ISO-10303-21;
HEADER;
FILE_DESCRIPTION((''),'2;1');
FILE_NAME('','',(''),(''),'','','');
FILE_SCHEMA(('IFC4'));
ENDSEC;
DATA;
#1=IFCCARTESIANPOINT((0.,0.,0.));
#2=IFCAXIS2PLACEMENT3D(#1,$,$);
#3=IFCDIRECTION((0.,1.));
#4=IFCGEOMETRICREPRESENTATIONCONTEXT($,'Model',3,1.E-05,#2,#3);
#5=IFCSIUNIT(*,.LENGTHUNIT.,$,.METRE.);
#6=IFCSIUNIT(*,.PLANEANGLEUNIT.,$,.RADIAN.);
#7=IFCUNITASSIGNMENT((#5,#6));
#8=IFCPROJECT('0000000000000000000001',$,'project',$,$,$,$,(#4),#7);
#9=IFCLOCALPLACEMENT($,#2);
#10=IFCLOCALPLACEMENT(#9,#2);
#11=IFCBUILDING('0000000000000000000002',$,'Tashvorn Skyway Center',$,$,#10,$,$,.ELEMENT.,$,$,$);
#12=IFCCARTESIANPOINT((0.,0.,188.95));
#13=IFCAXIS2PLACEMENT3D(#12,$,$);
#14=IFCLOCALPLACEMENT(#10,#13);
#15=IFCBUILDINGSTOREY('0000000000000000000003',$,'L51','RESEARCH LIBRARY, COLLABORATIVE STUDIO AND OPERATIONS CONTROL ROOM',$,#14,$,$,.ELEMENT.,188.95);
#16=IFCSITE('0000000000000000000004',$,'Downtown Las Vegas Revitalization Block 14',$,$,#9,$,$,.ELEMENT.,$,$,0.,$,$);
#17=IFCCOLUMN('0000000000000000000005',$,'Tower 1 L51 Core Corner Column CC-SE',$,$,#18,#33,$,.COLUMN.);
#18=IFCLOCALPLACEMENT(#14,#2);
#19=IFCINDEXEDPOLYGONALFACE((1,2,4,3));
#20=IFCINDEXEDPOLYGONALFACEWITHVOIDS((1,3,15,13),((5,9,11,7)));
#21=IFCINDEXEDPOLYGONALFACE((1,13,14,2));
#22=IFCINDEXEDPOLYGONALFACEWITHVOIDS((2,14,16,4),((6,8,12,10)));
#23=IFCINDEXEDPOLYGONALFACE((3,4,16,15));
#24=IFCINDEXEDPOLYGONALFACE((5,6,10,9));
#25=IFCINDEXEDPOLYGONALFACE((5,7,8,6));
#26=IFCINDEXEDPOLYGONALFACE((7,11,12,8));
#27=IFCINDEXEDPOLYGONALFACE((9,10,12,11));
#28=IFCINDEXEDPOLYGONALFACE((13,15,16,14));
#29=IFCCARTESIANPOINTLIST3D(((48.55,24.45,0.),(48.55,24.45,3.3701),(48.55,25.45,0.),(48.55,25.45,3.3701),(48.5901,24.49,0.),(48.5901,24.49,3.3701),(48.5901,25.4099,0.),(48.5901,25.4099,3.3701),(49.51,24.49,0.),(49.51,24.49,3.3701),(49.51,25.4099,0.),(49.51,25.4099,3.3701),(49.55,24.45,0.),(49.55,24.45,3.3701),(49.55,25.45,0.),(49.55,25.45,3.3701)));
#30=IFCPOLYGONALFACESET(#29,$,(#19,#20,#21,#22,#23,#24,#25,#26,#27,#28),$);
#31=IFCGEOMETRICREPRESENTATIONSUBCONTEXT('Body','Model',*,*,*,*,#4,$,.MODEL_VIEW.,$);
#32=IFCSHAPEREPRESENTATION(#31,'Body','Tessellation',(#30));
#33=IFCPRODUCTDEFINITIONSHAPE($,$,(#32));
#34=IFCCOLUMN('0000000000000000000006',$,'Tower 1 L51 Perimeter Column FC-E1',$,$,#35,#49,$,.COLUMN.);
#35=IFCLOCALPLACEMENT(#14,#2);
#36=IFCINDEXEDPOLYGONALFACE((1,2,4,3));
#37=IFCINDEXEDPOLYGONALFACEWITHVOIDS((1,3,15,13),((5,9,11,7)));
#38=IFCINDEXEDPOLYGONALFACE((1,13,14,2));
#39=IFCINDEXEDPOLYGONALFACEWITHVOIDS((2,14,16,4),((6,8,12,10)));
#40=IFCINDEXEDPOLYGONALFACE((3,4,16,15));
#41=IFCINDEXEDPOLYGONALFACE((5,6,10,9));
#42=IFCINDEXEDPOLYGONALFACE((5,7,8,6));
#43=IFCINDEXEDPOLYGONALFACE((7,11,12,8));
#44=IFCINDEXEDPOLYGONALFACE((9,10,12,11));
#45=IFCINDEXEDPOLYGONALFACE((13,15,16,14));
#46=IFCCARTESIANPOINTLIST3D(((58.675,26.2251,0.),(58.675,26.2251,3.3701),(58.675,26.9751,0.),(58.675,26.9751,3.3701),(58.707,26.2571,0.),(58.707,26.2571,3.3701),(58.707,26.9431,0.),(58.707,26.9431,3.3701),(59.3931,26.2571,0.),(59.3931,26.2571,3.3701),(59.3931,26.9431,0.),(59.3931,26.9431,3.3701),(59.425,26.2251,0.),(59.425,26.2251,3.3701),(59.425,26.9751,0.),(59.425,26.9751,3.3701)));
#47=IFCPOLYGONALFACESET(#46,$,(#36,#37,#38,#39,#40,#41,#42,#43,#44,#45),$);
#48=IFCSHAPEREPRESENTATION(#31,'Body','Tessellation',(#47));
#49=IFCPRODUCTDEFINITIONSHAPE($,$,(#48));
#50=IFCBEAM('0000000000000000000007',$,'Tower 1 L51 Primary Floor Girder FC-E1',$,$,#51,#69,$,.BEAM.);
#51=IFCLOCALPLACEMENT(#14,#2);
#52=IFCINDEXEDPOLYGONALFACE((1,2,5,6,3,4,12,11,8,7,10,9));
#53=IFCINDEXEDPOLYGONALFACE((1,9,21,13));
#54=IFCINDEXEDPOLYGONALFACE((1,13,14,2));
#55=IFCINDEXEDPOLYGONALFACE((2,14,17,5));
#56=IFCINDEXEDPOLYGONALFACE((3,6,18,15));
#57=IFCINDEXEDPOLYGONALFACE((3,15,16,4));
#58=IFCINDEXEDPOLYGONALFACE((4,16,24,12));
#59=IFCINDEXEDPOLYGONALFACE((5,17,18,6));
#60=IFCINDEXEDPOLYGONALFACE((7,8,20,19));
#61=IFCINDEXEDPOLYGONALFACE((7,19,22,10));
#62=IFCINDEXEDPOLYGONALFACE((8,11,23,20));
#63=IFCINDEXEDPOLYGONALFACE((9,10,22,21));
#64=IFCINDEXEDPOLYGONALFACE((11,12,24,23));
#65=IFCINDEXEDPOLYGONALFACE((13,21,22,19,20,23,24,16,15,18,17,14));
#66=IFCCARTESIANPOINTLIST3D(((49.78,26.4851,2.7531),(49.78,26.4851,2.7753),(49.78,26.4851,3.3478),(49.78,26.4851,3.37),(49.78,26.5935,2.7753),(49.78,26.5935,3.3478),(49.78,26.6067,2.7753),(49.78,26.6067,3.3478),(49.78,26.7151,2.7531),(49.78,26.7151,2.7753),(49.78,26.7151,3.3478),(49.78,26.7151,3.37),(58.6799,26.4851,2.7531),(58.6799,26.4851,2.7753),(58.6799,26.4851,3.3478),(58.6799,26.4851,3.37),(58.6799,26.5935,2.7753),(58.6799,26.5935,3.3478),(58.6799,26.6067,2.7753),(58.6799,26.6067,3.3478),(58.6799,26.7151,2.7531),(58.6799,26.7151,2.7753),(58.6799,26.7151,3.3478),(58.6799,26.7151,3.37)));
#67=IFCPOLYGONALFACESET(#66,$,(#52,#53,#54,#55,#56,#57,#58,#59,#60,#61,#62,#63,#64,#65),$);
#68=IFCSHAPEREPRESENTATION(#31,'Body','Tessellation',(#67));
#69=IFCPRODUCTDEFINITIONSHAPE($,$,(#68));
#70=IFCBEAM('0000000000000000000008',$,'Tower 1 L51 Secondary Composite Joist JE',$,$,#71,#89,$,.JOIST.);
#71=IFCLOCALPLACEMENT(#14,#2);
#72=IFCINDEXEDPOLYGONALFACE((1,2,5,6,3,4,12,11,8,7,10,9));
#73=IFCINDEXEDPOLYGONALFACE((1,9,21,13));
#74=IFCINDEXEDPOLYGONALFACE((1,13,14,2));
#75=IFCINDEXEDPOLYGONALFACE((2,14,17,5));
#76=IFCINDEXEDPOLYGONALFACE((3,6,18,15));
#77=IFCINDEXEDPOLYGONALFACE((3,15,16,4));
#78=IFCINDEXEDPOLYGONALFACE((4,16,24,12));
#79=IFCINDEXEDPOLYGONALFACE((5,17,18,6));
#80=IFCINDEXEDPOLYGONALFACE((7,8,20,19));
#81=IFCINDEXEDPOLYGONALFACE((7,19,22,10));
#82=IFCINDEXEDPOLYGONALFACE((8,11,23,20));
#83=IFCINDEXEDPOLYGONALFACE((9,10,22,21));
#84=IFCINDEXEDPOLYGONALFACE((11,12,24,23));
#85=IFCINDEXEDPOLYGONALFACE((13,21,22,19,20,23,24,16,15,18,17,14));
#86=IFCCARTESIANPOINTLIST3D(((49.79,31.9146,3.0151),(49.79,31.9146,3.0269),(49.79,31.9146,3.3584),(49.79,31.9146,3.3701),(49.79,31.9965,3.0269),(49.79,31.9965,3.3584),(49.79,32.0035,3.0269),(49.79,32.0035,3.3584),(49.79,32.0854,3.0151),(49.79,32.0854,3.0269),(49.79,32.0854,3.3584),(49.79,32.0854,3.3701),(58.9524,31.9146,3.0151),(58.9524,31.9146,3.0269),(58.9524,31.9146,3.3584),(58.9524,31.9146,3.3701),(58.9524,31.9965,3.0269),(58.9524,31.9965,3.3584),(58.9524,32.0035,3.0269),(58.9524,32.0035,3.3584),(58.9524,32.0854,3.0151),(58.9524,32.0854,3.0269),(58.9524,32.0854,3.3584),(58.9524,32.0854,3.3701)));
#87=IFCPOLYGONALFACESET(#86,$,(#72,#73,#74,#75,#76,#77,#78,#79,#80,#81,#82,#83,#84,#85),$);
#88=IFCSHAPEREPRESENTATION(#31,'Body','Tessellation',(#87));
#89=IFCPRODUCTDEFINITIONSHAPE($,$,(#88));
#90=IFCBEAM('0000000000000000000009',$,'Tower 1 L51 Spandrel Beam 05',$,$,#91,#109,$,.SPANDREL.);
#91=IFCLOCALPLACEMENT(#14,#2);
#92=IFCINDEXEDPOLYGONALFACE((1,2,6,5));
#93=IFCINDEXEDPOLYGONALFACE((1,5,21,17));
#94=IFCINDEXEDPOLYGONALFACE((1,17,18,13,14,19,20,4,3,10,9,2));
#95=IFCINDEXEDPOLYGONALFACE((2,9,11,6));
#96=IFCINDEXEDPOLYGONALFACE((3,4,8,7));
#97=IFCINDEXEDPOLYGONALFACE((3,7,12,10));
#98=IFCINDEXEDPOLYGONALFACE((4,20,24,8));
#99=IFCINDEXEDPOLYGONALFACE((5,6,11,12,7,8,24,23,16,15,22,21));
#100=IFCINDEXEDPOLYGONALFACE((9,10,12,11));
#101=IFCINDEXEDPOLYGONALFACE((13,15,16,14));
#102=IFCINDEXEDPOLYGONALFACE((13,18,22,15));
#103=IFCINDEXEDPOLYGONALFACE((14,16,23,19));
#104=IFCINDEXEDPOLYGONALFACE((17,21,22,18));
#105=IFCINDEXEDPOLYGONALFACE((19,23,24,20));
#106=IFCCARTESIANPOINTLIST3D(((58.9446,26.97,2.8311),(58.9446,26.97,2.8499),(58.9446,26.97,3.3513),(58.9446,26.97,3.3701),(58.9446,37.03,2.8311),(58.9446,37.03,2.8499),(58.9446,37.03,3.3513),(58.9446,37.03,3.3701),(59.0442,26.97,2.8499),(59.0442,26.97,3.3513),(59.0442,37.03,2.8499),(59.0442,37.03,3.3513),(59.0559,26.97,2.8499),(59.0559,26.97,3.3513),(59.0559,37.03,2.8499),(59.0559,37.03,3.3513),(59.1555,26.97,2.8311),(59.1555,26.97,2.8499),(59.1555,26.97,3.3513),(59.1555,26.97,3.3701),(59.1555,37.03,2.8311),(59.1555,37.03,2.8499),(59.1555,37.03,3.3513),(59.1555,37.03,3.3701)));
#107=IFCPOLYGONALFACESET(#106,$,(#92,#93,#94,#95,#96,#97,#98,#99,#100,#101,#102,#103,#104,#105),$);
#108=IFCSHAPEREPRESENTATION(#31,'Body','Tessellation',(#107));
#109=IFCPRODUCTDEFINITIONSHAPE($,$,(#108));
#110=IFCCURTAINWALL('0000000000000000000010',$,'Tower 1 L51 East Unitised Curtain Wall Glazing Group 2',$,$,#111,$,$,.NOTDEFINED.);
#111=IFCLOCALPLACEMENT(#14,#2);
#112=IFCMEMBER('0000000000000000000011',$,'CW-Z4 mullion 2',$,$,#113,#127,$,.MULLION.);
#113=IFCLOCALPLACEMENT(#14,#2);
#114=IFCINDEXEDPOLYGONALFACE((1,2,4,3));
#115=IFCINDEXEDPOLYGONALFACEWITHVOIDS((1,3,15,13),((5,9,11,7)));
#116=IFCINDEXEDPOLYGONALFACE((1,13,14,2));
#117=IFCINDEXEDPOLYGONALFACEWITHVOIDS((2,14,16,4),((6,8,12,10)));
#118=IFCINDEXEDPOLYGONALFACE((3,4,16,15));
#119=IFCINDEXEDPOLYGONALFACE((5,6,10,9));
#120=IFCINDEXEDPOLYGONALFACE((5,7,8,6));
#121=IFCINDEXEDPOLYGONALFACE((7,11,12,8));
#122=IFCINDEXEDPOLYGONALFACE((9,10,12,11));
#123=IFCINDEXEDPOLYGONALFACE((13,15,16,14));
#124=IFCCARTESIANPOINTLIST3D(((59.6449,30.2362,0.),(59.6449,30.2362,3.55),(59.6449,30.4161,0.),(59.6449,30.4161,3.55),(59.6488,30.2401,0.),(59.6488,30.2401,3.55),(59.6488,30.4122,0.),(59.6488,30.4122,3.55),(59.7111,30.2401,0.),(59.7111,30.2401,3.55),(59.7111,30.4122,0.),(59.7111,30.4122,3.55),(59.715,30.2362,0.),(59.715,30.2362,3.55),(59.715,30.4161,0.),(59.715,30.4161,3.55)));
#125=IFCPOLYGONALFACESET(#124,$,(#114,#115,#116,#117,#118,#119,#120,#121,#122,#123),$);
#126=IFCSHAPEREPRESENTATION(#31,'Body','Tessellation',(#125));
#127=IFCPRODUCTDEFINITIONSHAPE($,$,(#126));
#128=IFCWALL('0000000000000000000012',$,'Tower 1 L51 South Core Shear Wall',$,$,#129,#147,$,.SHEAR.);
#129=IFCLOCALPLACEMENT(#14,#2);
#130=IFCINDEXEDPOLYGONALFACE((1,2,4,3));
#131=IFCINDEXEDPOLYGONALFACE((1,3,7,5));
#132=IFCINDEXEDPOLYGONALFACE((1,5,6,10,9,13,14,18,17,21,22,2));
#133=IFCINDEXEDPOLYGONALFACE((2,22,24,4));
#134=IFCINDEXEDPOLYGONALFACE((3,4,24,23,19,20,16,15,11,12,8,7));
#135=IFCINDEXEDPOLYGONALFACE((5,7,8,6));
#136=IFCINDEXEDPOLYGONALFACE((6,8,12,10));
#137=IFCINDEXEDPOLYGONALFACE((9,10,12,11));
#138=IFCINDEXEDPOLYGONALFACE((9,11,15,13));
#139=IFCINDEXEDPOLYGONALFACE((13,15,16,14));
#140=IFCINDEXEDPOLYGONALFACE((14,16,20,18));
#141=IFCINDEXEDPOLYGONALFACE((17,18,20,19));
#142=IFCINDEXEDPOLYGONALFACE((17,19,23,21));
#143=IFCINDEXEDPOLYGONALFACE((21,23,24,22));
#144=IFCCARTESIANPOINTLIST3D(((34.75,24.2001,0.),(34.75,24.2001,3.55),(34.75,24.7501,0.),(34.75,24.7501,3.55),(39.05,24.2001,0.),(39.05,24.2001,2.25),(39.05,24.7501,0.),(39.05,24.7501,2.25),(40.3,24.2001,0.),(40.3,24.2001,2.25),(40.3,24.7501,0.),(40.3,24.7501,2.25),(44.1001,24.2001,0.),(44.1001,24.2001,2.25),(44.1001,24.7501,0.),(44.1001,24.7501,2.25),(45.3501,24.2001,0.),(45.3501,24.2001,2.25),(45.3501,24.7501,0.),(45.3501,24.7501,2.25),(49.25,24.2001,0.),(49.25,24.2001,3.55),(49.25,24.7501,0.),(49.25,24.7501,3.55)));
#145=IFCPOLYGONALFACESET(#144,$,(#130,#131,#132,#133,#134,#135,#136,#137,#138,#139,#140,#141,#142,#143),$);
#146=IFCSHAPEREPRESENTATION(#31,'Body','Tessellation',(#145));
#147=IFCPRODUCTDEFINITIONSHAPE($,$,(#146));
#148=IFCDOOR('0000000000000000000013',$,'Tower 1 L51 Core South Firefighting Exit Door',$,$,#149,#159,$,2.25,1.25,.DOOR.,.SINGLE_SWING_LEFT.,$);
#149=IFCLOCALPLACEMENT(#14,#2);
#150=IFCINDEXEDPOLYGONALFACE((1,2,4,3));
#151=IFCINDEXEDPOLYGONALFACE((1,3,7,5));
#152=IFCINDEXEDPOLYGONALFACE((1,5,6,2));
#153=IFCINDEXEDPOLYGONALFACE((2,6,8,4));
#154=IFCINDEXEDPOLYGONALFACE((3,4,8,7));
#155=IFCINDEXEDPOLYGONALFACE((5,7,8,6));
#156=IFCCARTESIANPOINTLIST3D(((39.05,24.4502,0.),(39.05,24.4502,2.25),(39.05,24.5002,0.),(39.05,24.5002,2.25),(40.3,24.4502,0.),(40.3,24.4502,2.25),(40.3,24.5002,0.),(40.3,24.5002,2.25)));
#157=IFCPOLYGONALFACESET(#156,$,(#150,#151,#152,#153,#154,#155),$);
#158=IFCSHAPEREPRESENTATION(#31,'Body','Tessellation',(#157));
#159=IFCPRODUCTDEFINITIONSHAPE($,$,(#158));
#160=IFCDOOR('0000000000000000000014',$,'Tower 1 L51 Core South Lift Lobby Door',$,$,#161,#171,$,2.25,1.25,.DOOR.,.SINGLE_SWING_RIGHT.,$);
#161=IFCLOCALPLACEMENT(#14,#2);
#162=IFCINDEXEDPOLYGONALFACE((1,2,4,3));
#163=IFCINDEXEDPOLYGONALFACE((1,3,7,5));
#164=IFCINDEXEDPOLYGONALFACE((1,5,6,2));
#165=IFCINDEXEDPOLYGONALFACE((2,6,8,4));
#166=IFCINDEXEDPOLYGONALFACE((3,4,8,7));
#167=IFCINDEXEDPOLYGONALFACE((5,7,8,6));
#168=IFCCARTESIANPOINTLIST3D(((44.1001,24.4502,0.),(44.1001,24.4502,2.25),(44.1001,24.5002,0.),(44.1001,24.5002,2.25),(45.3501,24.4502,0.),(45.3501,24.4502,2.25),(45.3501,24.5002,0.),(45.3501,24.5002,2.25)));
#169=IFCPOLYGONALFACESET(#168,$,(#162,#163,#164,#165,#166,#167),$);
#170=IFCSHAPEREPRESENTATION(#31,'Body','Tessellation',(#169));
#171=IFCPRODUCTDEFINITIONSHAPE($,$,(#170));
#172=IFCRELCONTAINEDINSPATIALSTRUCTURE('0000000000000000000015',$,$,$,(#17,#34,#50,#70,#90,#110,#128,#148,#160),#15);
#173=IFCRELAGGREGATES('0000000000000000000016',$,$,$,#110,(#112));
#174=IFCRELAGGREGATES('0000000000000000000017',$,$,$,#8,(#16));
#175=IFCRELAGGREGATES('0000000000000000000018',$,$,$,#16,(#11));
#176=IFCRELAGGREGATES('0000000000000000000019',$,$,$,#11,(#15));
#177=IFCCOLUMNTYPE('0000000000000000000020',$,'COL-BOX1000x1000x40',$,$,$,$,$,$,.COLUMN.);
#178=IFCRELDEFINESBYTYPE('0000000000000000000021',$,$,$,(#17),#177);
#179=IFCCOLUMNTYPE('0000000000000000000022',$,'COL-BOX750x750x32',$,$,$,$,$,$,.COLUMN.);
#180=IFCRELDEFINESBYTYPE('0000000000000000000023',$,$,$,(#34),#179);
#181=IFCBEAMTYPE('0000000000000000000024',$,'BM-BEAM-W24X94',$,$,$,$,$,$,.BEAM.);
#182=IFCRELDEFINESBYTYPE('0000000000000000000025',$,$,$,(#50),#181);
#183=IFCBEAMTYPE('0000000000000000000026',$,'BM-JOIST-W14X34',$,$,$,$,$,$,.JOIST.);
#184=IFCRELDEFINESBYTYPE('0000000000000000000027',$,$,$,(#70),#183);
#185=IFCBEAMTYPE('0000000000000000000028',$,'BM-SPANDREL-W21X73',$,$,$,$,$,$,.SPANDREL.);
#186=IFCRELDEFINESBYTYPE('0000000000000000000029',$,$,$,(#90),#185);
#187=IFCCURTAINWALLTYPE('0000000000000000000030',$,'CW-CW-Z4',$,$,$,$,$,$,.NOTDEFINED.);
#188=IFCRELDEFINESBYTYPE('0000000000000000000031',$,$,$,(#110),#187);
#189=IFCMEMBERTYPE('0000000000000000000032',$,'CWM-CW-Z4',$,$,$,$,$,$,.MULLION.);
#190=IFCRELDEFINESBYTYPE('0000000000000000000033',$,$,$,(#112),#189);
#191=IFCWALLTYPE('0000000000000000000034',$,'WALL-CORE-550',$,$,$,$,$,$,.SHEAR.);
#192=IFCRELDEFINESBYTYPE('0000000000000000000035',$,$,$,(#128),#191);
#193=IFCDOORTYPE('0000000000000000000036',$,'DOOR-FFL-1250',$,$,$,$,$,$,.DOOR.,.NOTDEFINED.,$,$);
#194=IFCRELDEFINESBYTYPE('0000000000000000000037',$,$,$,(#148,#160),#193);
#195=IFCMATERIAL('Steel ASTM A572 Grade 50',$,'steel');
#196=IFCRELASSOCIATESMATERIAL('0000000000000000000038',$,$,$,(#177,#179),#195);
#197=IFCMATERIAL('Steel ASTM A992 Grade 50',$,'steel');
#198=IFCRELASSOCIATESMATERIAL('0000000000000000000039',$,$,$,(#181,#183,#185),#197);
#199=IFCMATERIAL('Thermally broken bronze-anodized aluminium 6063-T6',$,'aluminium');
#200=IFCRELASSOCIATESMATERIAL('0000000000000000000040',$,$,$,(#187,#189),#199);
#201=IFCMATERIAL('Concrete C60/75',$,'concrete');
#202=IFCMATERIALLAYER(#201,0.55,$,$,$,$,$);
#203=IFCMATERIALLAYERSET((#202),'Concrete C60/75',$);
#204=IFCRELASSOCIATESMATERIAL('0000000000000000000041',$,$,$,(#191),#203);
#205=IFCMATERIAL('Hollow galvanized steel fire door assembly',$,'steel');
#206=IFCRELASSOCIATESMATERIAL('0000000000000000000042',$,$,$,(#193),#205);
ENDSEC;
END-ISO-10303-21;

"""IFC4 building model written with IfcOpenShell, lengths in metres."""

from ifc_helpers import new_model, si_unit, direction, frame, frame_2d, origin, origin_2d, place, context, subcontext, project, spatial, rectangle, hollow_rectangle, i_section, extrude, material, layer, layer_set, material_profile, profile_set, type_object, element, fill, aggregate, save


model = new_model("IFC4")

# Units and contexts
model_context = context("Model", 3, precision=1e-05, world=origin(), true_north=direction((0.0, 1.0)))
body_context = subcontext(model_context, "Body", "Model", "MODEL_VIEW")
ifc_project = project(units=[si_unit("LENGTHUNIT", "METRE"), si_unit("PLANEANGLEUNIT", "RADIAN")], contexts=[model_context])

# Site, building, storey
site_placement = place(None, origin())
site = spatial("IfcSite", under=ifc_project, at=site_placement, Name="Downtown Las Vegas Revitalization Block 14", CompositionType="ELEMENT", RefElevation=0.0)
building_placement = place(site_placement, origin())
building = spatial("IfcBuilding", under=site, at=building_placement, Name="Tashvorn Skyway Center", CompositionType="ELEMENT")
storey_placement = place(building_placement, frame((0.0, 0.0, 188.95)))
storey = spatial("IfcBuildingStorey", under=building, at=storey_placement, Name="L51", Description="RESEARCH LIBRARY, COLLABORATIVE STUDIO AND OPERATIONS CONTROL ROOM", CompositionType="ELEMENT", Elevation=188.95)

# Columns
ifc_material_1 = material(Name="Steel ASTM A572 Grade 50", Category="steel")
ifc_material_profile_1 = material_profile(ifc_material_1, hollow_rectangle(XDim=1.0, YDim=1.0, WallThickness=0.04, at=origin_2d()), Name="BOX1000x1000x40")
ifc_profile_set_1 = profile_set([ifc_material_profile_1], Name="Steel ASTM A572 Grade 50")
column_type_1 = type_object("IfcColumnType", Name="COL-BOX1000x1000x40", PredefinedType="COLUMN", material=ifc_profile_set_1)
column_1_placement = place(storey_placement, frame((49.05, 24.95, 0.0), z_axis=(0.0, 0.0, 1.0), x_axis=(1.0, 0.0, 0.0)))
element("IfcColumn", 1, at=column_1_placement, inside=storey, type_object=column_type_1, Name="Tower 1 L51 Core Corner Column CC-SE", PredefinedType="COLUMN", context=body_context, shape_type="SweptSolid", body=[
    extrude(hollow_rectangle(XDim=1.0, YDim=1.0, WallThickness=0.04, at=origin_2d()), origin(), (0.0, 0.0, 1.0), 3.3701),
])
ifc_material_profile_2 = material_profile(ifc_material_1, hollow_rectangle(XDim=0.75, YDim=0.75, WallThickness=0.032, at=origin_2d()), Name="BOX750x750x32")
ifc_profile_set_2 = profile_set([ifc_material_profile_2], Name="Steel ASTM A572 Grade 50")
column_type_2 = type_object("IfcColumnType", Name="COL-BOX750x750x32", PredefinedType="COLUMN", material=ifc_profile_set_2)
column_2_placement = place(storey_placement, frame((59.05, 26.6001, 0.0), z_axis=(0.0, 0.0, 1.0), x_axis=(1.0, 0.0, 0.0)))
element("IfcColumn", 2, at=column_2_placement, inside=storey, type_object=column_type_2, Name="Tower 1 L51 Perimeter Column FC-E1", PredefinedType="COLUMN", context=body_context, shape_type="SweptSolid", body=[
    extrude(hollow_rectangle(XDim=0.75, YDim=0.75, WallThickness=0.032, at=origin_2d()), origin(), (0.0, 0.0, 1.0), 3.3701),
])

# Beams
ifc_material_2 = material(Name="Steel ASTM A992 Grade 50", Category="steel")
ifc_material_profile_3 = material_profile(ifc_material_2, i_section(OverallWidth=0.23, OverallDepth=0.6169, WebThickness=0.0132, FlangeThickness=0.0222, at=origin_2d()), Name="W24X94")
ifc_profile_set_3 = profile_set([ifc_material_profile_3], Name="Steel ASTM A992 Grade 50")
beam_type_1 = type_object("IfcBeamType", Name="BM-BEAM-W24X94", PredefinedType="BEAM", material=ifc_profile_set_3)
beam_1_placement = place(storey_placement, frame((58.6799, 26.6001, 3.0615), z_axis=(-1.0, 0.0, 0.0), x_axis=(0.0, -1.0, 0.0)))
element("IfcBeam", 3, at=beam_1_placement, inside=storey, type_object=beam_type_1, Name="Tower 1 L51 Primary Floor Girder FC-E1", PredefinedType="BEAM", context=body_context, shape_type="SweptSolid", body=[
    extrude(i_section(OverallWidth=0.23, OverallDepth=0.6169, WebThickness=0.0132, FlangeThickness=0.0222, at=origin_2d()), origin(), (0.0, 0.0, 1.0), 8.8999),
])
ifc_material_profile_4 = material_profile(ifc_material_2, i_section(OverallWidth=0.1709, OverallDepth=0.355, WebThickness=0.0071, FlangeThickness=0.0117, at=origin_2d()), Name="W14X34")
ifc_profile_set_4 = profile_set([ifc_material_profile_4], Name="Steel ASTM A992 Grade 50")
beam_type_2 = type_object("IfcBeamType", Name="BM-JOIST-W14X34", PredefinedType="JOIST", material=ifc_profile_set_4)
beam_2_placement = place(storey_placement, frame((49.79, 32.0, 3.1926), z_axis=(1.0, 0.0, 0.0), x_axis=(0.0, 1.0, 0.0)))
element("IfcBeam", 4, at=beam_2_placement, inside=storey, type_object=beam_type_2, Name="Tower 1 L51 Secondary Composite Joist JE", PredefinedType="JOIST", context=body_context, shape_type="SweptSolid", body=[
    extrude(i_section(OverallWidth=0.1709, OverallDepth=0.355, WebThickness=0.0071, FlangeThickness=0.0117, at=origin_2d()), origin(), (0.0, 0.0, 1.0), 9.1624),
])
ifc_material_profile_5 = material_profile(ifc_material_2, i_section(OverallWidth=0.2109, OverallDepth=0.5391, WebThickness=0.0117, FlangeThickness=0.0188, at=origin_2d()), Name="W21X73")
ifc_profile_set_5 = profile_set([ifc_material_profile_5], Name="Steel ASTM A992 Grade 50")
beam_type_3 = type_object("IfcBeamType", Name="BM-SPANDREL-W21X73", PredefinedType="SPANDREL", material=ifc_profile_set_5)
beam_3_placement = place(storey_placement, frame((59.05, 26.97, 3.1006), z_axis=(0.0, 1.0, 0.0), x_axis=(-1.0, 0.0, 0.0)))
element("IfcBeam", 5, at=beam_3_placement, inside=storey, type_object=beam_type_3, Name="Tower 1 L51 Spandrel Beam 05", PredefinedType="SPANDREL", context=body_context, shape_type="SweptSolid", body=[
    extrude(i_section(OverallWidth=0.2109, OverallDepth=0.5391, WebThickness=0.0117, FlangeThickness=0.0188, at=origin_2d()), origin(), (0.0, 0.0, 1.0), 10.0601),
])

# Curtain wall, member
ifc_material_3 = material(Name="Thermally broken bronze-anodized aluminium 6063-T6", Category="aluminium")
curtain_wall_type = type_object("IfcCurtainWallType", Name="CW-CW-Z4", PredefinedType="NOTDEFINED", material=ifc_material_3)
curtain_wall_placement = place(storey_placement, origin())
curtain_wall = element("IfcCurtainWall", 6, at=curtain_wall_placement, inside=storey, type_object=curtain_wall_type, Name="Tower 1 L51 East Unitised Curtain Wall Glazing Group 2", PredefinedType="NOTDEFINED")
ifc_material_profile_6 = material_profile(ifc_material_3, hollow_rectangle(XDim=0.0701, YDim=0.1799, WallThickness=0.0039, at=origin_2d()), Name="ALU-MULL-70x180")
ifc_profile_set_6 = profile_set([ifc_material_profile_6], Name="Thermally broken bronze-anodized aluminium 6063-T6")
member_type = type_object("IfcMemberType", Name="CWM-CW-Z4", PredefinedType="MULLION", material=ifc_profile_set_6)
member_placement = place(storey_placement, frame((59.6799, 30.3262, 0.0), z_axis=(0.0, 0.0, 1.0), x_axis=(1.0, 0.0, 0.0)))
member = element("IfcMember", 7, at=member_placement, type_object=member_type, Name="CW-Z4 mullion 2", PredefinedType="MULLION", context=body_context, shape_type="SweptSolid", body=[
    extrude(hollow_rectangle(XDim=0.0701, YDim=0.1799, WallThickness=0.0039, at=origin_2d()), origin(), (0.0, 0.0, 1.0), 3.55),
])
aggregate(curtain_wall, [member])

# Wall, openings, doors
ifc_material_4 = material(Name="Concrete C60/75", Category="concrete")
ifc_layer = layer(ifc_material_4, 0.55)
ifc_layer_set = layer_set([ifc_layer], Name="Concrete C60/75")
wall_type = type_object("IfcWallType", Name="WALL-CORE-550", PredefinedType="SHEAR", material=ifc_layer_set)
wall_placement = place(storey_placement, frame((49.25, 24.4751, 0.0), z_axis=(0.0, 0.0, 1.0), x_axis=(-1.0, 0.0, 0.0)))
wall = element("IfcWall", 8, at=wall_placement, inside=storey, type_object=wall_type, Name="Tower 1 L51 South Core Shear Wall", PredefinedType="SHEAR", context=body_context, shape_type="SweptSolid", body=[
    extrude(rectangle(XDim=14.5, YDim=0.55, at=frame_2d((7.25, 0.0))), origin(), (0.0, 0.0, 1.0), 3.55),
])
opening_1_placement = place(wall_placement, frame((8.95, 0.0, 0.0)))
opening_1 = element("IfcOpeningElement", 9, at=opening_1_placement, cuts=wall, PredefinedType="OPENING", context=body_context, shape_type="SweptSolid", body=[
    extrude(rectangle(XDim=1.25, YDim=2.25, at=frame_2d((0.625, 1.125))), frame((0.0, 0.2849, 0.0), z_axis=(0.0, -1.0, 0.0), x_axis=(1.0, 0.0, 0.0)), (0.0, 0.0, 1.0), 0.5701),
])
opening_2_placement = place(wall_placement, frame((3.8999, 0.0, 0.0)))
opening_2 = element("IfcOpeningElement", 10, at=opening_2_placement, cuts=wall, PredefinedType="OPENING", context=body_context, shape_type="SweptSolid", body=[
    extrude(rectangle(XDim=1.25, YDim=2.25, at=frame_2d((0.625, 1.125))), frame((0.0, 0.2849, 0.0), z_axis=(0.0, -1.0, 0.0), x_axis=(1.0, 0.0, 0.0)), (0.0, 0.0, 1.0), 0.5701),
])
ifc_material_5 = material(Name="Hollow galvanized steel fire door assembly", Category="steel")
door_type = type_object("IfcDoorType", Name="DOOR-FFL-1250", OperationType="NOTDEFINED", PredefinedType="DOOR", material=ifc_material_5)
door_1_placement = place(opening_1_placement, origin())
door_1 = element("IfcDoor", 11, at=door_1_placement, inside=storey, type_object=door_type, Name="Tower 1 L51 Core South Firefighting Exit Door", OperationType="SINGLE_SWING_LEFT", OverallHeight=2.25, OverallWidth=1.25, PredefinedType="DOOR", context=body_context, shape_type="SweptSolid", body=[
    extrude(rectangle(XDim=1.25, YDim=2.25, at=frame_2d((0.625, 1.125))), frame((0.0, 0.0249, 0.0), z_axis=(0.0, -1.0, 0.0), x_axis=(1.0, 0.0, 0.0)), (0.0, 0.0, 1.0), 0.05),
])
fill(opening_1, door_1)
door_2_placement = place(opening_2_placement, origin())
door_2 = element("IfcDoor", 12, at=door_2_placement, inside=storey, type_object=door_type, Name="Tower 1 L51 Core South Lift Lobby Door", OperationType="SINGLE_SWING_RIGHT", OverallHeight=2.25, OverallWidth=1.25, PredefinedType="DOOR", context=body_context, shape_type="SweptSolid", body=[
    extrude(rectangle(XDim=1.25, YDim=2.25, at=frame_2d((0.625, 1.125))), frame((0.0, 0.0249, 0.0), z_axis=(0.0, -1.0, 0.0), x_axis=(1.0, 0.0, 0.0)), (0.0, 0.0, 1.0), 0.05),
])
fill(opening_2, door_2)

save(model, "model.ifc")
